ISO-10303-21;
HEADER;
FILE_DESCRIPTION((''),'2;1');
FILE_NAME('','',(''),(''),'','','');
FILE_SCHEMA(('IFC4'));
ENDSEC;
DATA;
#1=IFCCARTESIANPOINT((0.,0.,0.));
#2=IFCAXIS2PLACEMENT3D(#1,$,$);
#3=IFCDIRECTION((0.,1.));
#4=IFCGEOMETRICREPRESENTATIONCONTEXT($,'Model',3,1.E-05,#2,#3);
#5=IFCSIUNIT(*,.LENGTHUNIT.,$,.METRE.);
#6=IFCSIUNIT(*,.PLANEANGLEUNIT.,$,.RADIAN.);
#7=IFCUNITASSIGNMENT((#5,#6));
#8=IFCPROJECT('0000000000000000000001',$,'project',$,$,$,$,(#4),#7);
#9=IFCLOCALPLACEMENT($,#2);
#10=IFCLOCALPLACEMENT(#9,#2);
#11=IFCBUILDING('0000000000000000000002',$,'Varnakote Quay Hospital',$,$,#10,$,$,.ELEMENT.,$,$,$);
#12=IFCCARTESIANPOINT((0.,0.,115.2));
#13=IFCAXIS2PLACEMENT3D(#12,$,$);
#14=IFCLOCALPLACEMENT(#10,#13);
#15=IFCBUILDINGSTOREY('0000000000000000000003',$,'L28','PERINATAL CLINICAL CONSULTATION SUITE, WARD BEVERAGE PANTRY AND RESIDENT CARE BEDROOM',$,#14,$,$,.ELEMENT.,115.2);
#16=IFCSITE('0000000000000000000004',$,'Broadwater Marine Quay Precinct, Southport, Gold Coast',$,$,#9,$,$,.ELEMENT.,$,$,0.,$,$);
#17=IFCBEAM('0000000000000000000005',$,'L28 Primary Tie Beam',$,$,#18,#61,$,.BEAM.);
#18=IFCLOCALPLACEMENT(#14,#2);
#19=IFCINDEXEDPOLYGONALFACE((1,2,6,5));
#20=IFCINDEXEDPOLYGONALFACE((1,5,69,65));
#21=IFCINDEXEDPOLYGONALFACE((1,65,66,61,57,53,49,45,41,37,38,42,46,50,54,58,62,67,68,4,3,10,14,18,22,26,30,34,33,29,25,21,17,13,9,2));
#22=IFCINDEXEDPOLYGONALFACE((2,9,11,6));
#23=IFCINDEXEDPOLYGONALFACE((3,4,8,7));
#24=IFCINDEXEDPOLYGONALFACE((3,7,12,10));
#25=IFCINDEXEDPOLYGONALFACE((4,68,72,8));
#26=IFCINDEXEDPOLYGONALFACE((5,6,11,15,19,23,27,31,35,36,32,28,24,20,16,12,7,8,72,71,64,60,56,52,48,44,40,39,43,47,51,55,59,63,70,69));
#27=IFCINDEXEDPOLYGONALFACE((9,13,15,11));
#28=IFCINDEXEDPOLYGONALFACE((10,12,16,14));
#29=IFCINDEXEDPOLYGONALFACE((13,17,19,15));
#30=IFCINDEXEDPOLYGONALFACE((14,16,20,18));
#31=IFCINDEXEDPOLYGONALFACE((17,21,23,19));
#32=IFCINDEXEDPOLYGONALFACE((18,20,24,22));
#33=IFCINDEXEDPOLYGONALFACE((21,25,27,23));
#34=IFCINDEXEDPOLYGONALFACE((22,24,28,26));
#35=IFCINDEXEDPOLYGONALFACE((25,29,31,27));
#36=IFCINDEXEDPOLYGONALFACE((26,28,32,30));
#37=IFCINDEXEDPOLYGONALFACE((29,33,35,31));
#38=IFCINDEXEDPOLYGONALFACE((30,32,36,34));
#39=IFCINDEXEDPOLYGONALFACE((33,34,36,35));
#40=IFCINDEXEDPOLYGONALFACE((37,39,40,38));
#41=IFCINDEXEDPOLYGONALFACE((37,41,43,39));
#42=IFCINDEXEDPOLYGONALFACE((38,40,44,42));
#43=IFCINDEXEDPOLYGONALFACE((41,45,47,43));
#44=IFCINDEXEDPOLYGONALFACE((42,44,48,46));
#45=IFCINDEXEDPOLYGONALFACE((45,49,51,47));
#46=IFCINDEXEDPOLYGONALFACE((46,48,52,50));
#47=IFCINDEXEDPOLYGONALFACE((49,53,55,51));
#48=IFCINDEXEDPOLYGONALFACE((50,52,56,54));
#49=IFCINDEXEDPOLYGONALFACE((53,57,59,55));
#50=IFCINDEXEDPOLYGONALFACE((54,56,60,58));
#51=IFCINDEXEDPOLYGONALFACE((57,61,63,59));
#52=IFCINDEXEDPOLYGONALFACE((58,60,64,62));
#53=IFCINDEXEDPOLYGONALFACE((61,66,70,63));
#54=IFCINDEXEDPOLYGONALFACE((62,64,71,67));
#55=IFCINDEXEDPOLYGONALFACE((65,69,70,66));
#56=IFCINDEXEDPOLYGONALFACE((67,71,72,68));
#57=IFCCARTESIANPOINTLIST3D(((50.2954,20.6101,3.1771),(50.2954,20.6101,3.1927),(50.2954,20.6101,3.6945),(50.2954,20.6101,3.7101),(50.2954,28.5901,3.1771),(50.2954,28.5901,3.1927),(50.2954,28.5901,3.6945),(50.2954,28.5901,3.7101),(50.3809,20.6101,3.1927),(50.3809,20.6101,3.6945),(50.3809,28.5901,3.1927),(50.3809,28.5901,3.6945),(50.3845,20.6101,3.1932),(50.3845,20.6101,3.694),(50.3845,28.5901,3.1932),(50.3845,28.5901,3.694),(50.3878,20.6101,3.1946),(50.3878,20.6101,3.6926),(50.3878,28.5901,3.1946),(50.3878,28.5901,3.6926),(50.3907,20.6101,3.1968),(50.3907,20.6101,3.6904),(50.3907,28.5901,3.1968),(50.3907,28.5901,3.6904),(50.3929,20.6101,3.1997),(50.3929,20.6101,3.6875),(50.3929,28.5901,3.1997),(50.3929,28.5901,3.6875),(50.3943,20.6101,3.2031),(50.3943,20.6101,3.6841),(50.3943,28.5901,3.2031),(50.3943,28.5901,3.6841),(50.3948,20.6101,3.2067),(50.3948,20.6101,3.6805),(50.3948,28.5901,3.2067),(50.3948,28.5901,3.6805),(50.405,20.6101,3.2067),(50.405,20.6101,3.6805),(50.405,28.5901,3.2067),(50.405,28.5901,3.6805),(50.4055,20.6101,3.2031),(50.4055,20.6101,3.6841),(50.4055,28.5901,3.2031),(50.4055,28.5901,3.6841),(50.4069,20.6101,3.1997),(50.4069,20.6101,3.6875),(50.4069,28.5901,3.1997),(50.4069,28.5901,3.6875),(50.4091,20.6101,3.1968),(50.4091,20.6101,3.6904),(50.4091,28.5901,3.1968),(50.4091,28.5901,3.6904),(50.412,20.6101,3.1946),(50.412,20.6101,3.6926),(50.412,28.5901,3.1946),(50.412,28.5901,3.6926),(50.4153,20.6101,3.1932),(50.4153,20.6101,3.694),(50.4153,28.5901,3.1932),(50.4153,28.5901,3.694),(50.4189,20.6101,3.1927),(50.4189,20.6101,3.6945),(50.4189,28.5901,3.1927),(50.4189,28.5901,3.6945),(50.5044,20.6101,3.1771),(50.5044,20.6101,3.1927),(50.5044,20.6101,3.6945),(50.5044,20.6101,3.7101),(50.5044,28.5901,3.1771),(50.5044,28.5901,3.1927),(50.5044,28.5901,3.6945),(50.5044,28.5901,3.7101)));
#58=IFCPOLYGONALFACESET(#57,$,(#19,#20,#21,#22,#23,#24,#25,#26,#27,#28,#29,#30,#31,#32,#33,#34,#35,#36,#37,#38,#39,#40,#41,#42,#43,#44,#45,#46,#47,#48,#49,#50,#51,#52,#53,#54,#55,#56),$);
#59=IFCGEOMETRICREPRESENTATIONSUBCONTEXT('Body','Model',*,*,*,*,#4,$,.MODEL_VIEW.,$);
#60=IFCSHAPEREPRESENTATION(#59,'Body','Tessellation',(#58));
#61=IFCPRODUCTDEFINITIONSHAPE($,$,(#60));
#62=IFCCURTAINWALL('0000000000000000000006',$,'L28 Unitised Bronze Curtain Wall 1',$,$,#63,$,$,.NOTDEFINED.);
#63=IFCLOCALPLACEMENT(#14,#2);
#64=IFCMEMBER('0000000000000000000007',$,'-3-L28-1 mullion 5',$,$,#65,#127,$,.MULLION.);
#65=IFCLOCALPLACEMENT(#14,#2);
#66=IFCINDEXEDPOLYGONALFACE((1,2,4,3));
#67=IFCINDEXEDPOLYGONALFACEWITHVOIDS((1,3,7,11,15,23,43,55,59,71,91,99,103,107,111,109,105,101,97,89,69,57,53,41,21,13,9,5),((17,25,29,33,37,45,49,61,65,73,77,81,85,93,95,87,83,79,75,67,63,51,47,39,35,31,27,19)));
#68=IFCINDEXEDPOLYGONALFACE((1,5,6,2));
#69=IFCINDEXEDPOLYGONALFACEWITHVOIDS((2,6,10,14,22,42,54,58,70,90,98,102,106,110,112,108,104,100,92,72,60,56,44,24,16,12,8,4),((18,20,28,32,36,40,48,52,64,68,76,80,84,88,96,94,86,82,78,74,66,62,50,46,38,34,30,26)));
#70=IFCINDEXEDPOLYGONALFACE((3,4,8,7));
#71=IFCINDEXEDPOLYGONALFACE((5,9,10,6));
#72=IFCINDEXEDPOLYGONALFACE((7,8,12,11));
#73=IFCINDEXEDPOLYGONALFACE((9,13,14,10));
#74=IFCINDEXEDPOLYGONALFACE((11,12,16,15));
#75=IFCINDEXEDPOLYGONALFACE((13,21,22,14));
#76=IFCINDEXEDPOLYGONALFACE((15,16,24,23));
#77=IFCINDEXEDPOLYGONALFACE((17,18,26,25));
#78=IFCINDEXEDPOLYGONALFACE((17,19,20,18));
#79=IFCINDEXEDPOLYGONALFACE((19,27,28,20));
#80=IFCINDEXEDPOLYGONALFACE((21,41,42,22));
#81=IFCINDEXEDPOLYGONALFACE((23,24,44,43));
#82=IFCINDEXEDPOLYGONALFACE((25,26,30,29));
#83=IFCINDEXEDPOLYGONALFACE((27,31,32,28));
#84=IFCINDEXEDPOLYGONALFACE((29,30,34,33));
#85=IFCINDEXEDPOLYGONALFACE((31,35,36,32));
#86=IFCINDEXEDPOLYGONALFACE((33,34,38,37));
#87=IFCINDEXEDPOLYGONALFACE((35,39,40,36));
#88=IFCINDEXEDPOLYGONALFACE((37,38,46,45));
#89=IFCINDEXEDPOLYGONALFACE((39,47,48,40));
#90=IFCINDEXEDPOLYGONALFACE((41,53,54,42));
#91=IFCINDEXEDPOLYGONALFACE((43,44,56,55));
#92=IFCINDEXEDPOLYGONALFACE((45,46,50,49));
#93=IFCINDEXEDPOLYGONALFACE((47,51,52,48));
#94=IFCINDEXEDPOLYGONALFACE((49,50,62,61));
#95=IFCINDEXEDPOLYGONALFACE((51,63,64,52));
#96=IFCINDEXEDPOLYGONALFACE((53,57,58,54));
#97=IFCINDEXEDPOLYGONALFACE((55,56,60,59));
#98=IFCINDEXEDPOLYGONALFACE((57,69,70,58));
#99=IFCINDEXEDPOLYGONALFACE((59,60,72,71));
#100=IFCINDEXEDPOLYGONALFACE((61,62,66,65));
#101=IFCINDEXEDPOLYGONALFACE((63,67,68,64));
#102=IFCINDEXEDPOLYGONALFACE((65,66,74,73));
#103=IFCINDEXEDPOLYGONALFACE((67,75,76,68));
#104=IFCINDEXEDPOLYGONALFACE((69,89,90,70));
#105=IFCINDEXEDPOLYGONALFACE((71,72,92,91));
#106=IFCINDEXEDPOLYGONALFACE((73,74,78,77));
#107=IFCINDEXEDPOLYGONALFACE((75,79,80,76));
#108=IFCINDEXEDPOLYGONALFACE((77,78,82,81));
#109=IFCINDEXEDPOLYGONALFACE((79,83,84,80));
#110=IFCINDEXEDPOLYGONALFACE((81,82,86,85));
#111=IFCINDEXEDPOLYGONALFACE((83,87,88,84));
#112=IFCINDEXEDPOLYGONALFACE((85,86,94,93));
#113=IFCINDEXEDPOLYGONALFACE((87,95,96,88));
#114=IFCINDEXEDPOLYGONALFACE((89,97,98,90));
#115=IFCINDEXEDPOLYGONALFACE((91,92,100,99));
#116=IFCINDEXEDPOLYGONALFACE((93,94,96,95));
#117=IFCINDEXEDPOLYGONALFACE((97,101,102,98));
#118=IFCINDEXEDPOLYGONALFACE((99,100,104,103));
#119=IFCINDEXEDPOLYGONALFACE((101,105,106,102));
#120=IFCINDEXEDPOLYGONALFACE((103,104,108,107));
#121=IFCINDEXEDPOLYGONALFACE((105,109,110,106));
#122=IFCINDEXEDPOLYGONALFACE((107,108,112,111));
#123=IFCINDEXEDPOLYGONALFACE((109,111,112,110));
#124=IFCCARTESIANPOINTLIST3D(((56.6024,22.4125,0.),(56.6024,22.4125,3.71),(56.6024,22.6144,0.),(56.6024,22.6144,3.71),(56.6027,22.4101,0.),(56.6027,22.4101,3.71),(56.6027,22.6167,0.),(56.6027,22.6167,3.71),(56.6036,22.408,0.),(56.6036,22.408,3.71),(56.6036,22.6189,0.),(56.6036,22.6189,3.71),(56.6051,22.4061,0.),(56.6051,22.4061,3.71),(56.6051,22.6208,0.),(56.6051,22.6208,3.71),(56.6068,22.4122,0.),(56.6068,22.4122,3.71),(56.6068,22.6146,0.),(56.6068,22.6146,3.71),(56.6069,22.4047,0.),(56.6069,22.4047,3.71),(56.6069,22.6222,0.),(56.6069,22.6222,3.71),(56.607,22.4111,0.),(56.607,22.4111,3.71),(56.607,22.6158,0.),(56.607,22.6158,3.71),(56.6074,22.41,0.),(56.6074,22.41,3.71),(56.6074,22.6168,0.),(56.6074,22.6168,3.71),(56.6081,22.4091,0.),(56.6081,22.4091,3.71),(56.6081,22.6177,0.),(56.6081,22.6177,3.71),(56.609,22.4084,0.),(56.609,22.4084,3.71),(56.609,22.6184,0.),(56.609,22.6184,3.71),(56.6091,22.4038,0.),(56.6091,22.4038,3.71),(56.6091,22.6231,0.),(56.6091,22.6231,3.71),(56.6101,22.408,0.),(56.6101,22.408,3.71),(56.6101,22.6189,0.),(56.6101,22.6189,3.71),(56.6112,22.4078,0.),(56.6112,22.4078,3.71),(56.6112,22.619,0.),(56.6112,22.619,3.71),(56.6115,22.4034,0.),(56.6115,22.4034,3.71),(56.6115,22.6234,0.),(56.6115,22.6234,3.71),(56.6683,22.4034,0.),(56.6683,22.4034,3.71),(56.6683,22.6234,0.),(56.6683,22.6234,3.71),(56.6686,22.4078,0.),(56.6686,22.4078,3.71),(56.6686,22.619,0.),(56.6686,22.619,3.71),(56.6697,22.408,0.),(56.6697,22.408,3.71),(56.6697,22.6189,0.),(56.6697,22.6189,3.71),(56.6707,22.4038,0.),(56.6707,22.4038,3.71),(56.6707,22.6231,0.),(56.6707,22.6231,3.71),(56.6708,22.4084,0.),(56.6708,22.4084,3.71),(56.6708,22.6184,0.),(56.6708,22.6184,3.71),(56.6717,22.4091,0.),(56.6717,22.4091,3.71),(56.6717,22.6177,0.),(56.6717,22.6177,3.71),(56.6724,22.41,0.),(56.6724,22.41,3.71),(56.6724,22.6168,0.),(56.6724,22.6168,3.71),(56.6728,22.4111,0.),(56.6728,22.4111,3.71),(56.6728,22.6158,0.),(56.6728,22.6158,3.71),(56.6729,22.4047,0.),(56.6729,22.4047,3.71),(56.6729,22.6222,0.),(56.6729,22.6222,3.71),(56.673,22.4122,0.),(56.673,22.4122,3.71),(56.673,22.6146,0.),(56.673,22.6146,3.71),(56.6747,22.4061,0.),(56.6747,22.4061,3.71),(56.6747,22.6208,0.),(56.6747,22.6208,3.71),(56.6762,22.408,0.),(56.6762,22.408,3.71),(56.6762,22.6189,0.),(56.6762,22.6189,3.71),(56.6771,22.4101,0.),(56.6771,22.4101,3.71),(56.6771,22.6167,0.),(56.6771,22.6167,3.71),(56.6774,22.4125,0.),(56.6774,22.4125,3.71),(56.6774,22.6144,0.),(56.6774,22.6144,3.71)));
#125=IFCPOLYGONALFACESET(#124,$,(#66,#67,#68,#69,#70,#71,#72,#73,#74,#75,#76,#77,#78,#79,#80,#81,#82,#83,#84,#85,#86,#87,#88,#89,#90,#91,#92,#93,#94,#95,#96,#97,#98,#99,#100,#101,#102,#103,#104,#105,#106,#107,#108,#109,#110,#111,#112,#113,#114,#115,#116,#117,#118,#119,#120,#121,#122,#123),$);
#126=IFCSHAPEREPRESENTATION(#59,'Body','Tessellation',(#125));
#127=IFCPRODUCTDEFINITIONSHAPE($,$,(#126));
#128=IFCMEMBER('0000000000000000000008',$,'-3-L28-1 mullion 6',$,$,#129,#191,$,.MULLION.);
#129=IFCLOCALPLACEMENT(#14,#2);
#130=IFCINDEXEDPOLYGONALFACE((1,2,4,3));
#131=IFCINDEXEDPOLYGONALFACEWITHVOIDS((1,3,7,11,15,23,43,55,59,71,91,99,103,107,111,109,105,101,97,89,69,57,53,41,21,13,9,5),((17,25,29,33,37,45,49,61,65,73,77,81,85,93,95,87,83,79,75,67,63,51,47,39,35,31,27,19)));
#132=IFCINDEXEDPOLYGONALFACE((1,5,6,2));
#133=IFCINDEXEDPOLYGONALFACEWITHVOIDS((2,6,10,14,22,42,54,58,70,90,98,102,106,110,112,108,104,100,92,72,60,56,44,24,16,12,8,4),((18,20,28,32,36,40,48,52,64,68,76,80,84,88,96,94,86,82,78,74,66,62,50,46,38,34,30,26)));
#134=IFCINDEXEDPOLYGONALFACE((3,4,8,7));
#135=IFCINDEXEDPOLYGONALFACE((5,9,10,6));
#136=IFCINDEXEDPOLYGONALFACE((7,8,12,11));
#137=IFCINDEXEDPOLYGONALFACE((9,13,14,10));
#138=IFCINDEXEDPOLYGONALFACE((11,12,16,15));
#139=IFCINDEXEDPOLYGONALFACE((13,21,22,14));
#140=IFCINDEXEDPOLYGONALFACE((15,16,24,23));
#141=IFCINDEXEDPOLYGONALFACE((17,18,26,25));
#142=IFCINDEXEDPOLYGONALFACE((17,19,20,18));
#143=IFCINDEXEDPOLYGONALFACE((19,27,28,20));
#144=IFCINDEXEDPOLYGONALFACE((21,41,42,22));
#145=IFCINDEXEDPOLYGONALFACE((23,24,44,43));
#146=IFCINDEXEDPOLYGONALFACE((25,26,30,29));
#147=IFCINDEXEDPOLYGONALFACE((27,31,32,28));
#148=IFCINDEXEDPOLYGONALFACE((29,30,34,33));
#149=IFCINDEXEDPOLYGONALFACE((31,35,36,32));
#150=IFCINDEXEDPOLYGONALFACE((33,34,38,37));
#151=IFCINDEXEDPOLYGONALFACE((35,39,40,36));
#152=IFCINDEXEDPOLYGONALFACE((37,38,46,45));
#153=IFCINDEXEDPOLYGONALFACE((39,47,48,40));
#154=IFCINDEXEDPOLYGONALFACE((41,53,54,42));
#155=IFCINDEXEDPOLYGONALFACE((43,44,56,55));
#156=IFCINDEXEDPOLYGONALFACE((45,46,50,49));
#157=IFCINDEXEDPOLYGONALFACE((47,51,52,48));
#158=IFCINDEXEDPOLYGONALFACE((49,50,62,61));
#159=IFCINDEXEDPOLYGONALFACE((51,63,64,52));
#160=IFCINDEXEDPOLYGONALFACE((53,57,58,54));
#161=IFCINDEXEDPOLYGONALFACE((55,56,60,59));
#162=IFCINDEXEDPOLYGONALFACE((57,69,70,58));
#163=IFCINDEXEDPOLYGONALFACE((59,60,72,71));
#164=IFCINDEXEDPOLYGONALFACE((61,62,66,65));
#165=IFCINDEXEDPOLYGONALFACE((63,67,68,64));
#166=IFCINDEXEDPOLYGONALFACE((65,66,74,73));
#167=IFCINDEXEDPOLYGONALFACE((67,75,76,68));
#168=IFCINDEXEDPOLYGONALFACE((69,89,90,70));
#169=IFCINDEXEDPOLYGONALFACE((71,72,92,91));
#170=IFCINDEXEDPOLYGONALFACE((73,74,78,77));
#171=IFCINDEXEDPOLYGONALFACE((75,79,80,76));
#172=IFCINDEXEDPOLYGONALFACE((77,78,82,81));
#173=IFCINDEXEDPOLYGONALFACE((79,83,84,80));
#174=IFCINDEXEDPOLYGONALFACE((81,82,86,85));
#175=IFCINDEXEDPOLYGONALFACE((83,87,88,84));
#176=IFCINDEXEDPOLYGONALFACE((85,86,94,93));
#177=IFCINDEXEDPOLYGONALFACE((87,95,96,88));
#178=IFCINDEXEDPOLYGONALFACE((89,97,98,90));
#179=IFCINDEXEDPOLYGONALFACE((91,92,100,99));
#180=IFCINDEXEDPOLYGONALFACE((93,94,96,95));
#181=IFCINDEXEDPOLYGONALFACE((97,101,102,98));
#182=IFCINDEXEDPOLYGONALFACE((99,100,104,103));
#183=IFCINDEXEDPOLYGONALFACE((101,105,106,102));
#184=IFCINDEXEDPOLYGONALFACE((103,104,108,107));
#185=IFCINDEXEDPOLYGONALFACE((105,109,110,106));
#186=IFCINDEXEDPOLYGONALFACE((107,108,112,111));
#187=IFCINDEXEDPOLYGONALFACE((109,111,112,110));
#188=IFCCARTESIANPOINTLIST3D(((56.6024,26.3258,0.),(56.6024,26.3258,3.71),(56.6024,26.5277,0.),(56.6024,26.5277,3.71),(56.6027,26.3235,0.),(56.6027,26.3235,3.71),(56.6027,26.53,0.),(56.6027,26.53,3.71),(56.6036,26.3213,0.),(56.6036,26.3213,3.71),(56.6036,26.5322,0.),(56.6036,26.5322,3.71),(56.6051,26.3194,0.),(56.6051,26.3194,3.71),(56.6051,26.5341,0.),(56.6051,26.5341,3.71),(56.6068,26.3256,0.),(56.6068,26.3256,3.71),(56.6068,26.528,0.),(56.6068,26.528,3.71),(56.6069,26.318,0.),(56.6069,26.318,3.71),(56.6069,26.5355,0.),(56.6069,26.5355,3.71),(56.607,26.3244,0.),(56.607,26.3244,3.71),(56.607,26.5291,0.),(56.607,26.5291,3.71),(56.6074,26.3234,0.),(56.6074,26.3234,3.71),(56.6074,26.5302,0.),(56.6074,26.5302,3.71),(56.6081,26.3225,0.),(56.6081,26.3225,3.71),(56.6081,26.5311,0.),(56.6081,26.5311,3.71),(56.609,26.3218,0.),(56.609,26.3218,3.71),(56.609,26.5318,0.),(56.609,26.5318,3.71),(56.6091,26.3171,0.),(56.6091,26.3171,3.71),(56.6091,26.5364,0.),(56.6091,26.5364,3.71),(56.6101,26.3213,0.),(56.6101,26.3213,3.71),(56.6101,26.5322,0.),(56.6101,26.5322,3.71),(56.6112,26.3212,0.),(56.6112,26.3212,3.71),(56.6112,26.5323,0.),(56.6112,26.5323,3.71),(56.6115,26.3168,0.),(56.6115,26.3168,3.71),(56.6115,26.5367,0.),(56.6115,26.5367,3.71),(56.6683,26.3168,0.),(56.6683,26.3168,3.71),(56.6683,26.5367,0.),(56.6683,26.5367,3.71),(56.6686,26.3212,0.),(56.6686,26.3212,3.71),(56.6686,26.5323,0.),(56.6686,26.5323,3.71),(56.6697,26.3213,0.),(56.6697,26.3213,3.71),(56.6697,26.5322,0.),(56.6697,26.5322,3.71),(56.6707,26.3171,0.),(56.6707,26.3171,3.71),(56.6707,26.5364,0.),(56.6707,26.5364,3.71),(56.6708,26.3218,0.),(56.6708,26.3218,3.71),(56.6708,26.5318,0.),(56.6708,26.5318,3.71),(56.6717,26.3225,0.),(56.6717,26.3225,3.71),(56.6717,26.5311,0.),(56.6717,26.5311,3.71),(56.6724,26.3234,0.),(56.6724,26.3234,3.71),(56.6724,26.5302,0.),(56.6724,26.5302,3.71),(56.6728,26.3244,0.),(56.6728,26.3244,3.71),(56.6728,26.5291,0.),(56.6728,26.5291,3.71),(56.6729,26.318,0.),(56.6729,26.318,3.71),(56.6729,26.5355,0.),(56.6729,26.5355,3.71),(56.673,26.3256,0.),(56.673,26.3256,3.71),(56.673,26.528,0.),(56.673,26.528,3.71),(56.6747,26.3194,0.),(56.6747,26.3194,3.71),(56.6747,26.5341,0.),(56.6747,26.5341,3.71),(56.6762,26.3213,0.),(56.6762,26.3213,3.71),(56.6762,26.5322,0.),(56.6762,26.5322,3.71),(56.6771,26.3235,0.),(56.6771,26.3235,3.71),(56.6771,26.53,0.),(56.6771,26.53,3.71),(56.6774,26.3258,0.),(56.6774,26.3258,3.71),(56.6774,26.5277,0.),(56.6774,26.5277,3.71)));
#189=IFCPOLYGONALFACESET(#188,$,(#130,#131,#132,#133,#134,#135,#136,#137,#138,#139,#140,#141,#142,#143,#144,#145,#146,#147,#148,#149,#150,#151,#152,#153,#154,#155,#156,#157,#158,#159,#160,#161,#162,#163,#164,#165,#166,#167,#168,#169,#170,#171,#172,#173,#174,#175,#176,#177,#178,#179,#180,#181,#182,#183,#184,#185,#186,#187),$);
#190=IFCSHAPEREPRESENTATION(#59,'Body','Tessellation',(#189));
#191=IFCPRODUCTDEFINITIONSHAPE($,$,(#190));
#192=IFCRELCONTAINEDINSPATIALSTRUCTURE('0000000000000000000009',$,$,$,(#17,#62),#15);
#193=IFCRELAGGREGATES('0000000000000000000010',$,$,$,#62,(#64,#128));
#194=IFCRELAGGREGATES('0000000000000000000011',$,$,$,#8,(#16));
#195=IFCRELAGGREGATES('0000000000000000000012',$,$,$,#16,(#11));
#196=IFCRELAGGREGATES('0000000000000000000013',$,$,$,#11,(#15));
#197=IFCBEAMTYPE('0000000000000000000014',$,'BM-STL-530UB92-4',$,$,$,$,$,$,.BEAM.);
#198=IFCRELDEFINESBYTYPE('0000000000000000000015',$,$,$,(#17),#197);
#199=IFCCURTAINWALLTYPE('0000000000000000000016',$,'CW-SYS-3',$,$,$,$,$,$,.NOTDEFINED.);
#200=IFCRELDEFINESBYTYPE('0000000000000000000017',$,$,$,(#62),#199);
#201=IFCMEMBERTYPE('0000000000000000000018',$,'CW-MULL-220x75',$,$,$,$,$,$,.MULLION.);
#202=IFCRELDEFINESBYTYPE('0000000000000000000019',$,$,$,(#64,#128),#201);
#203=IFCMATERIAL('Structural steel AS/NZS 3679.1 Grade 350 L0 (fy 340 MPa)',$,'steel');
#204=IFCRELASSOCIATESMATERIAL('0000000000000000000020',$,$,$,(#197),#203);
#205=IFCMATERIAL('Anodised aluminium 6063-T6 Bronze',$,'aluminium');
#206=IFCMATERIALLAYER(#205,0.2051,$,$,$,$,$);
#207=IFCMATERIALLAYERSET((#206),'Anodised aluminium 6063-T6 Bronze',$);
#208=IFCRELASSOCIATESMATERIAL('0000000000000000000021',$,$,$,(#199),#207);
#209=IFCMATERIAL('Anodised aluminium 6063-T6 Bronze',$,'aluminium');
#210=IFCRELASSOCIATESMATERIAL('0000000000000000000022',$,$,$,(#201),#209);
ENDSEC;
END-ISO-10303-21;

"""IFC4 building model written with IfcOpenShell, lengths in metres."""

from ifc_helpers import new_model, si_unit, direction, frame, origin, origin_2d, place, context, subcontext, project, spatial, hollow_rectangle, i_section, extrude, material, layer, layer_set, material_profile, profile_set, type_object, element, aggregate, save


model = new_model("IFC4")

# Units and contexts
model_context = context("Model", 3, precision=1e-05, world=origin(), true_north=direction((0.0, 1.0)))
body_context = subcontext(model_context, "Body", "Model", "MODEL_VIEW")
ifc_project = project(units=[si_unit("LENGTHUNIT", "METRE"), si_unit("PLANEANGLEUNIT", "RADIAN")], contexts=[model_context])

# Site, building, storey
site_placement = place(None, origin())
site = spatial("IfcSite", under=ifc_project, at=site_placement, Name="Broadwater Marine Quay Precinct, Southport, Gold Coast", CompositionType="ELEMENT", RefElevation=0.0)
building_placement = place(site_placement, origin())
building = spatial("IfcBuilding", under=site, at=building_placement, Name="Varnakote Quay Hospital", CompositionType="ELEMENT")
storey_placement = place(building_placement, frame((0.0, 0.0, 115.2)))
storey = spatial("IfcBuildingStorey", under=building, at=storey_placement, Name="L28", Description="PERINATAL CLINICAL CONSULTATION SUITE, WARD BEVERAGE PANTRY AND RESIDENT CARE BEDROOM", CompositionType="ELEMENT", Elevation=115.2)

# Beam
ifc_material_1 = material(Name="Structural steel AS/NZS 3679.1 Grade 350 L0 (fy 340 MPa)", Category="steel")
ifc_material_profile_1 = material_profile(ifc_material_1, i_section(OverallWidth=0.209, OverallDepth=0.533, WebThickness=0.0103, FlangeThickness=0.0156, FilletRadius=0.0139, at=origin_2d()), Name="530UB92.4")
ifc_profile_set_1 = profile_set([ifc_material_profile_1], Name="Structural steel AS/NZS 3679.1 Grade 350 L0 (fy 340 MPa)")
beam_type = type_object("IfcBeamType", Name="BM-STL-530UB92-4", PredefinedType="BEAM", material=ifc_profile_set_1)
beam_placement = place(storey_placement, frame((50.3999, 20.6101, 3.4436), z_axis=(0.0, 1.0, 0.0), x_axis=(-1.0, 0.0, 0.0)))
element("IfcBeam", 1, at=beam_placement, inside=storey, type_object=beam_type, Name="L28 Primary Tie Beam", PredefinedType="BEAM", context=body_context, shape_type="SweptSolid", body=[
    extrude(i_section(OverallWidth=0.209, OverallDepth=0.533, WebThickness=0.0103, FlangeThickness=0.0156, FilletRadius=0.0139, at=origin_2d()), origin(), (0.0, 0.0, 1.0), 7.98),
])

# Curtain wall, members
ifc_material_2 = material(Name="Anodised aluminium 6063-T6 Bronze", Category="aluminium")
ifc_layer_1 = layer(ifc_material_2, 0.2051)
ifc_layer_set_1 = layer_set([ifc_layer_1], Name="Anodised aluminium 6063-T6 Bronze")
curtain_wall_type = type_object("IfcCurtainWallType", Name="CW-SYS-3", PredefinedType="NOTDEFINED", material=ifc_layer_set_1)
curtain_wall_placement = place(storey_placement, origin())
curtain_wall = element("IfcCurtainWall", 2, at=curtain_wall_placement, inside=storey, type_object=curtain_wall_type, Name="L28 Unitised Bronze Curtain Wall 1", PredefinedType="NOTDEFINED")
ifc_material_3 = material(Name="Anodised aluminium 6063-T6 Bronze", Category="aluminium")
ifc_material_profile_2 = material_profile(ifc_material_3, hollow_rectangle(XDim=0.075, YDim=0.22, WallThickness=0.0044, InnerFilletRadius=0.0044, OuterFilletRadius=0.009, at=origin_2d()), Name="CW-MULL-220x75")
ifc_profile_set_2 = profile_set([ifc_material_profile_2], Name="Anodised aluminium 6063-T6 Bronze")
member_type_1 = type_object("IfcMemberType", Name="CW-MULL-220x75", PredefinedType="MULLION", material=ifc_profile_set_2)
member_1_placement = place(storey_placement, frame((56.6399, 22.5134, 0.0), z_axis=(0.0, 0.0, 1.0), x_axis=(-1.0, 0.0, 0.0)))
member_1 = element("IfcMember", 3, at=member_1_placement, type_object=member_type_1, Name="-3-L28-1 mullion 5", PredefinedType="MULLION", context=body_context, shape_type="SweptSolid", body=[
    extrude(hollow_rectangle(XDim=0.075, YDim=0.22, WallThickness=0.0044, InnerFilletRadius=0.0044, OuterFilletRadius=0.009, at=origin_2d()), origin(), (0.0, 0.0, 1.0), 3.71),
])
member_2_placement = place(storey_placement, frame((56.6399, 26.4268, 0.0), z_axis=(0.0, 0.0, 1.0), x_axis=(-1.0, 0.0, 0.0)))
member_2 = element("IfcMember", 4, at=member_2_placement, type_object=member_type_1, Name="-3-L28-1 mullion 6", PredefinedType="MULLION", context=body_context, shape_type="SweptSolid", body=[
    extrude(hollow_rectangle(XDim=0.075, YDim=0.22, WallThickness=0.0044, InnerFilletRadius=0.0044, OuterFilletRadius=0.009, at=origin_2d()), origin(), (0.0, 0.0, 1.0), 3.71),
])
aggregate(curtain_wall, [member_1, member_2])

save(model, "model.ifc")
